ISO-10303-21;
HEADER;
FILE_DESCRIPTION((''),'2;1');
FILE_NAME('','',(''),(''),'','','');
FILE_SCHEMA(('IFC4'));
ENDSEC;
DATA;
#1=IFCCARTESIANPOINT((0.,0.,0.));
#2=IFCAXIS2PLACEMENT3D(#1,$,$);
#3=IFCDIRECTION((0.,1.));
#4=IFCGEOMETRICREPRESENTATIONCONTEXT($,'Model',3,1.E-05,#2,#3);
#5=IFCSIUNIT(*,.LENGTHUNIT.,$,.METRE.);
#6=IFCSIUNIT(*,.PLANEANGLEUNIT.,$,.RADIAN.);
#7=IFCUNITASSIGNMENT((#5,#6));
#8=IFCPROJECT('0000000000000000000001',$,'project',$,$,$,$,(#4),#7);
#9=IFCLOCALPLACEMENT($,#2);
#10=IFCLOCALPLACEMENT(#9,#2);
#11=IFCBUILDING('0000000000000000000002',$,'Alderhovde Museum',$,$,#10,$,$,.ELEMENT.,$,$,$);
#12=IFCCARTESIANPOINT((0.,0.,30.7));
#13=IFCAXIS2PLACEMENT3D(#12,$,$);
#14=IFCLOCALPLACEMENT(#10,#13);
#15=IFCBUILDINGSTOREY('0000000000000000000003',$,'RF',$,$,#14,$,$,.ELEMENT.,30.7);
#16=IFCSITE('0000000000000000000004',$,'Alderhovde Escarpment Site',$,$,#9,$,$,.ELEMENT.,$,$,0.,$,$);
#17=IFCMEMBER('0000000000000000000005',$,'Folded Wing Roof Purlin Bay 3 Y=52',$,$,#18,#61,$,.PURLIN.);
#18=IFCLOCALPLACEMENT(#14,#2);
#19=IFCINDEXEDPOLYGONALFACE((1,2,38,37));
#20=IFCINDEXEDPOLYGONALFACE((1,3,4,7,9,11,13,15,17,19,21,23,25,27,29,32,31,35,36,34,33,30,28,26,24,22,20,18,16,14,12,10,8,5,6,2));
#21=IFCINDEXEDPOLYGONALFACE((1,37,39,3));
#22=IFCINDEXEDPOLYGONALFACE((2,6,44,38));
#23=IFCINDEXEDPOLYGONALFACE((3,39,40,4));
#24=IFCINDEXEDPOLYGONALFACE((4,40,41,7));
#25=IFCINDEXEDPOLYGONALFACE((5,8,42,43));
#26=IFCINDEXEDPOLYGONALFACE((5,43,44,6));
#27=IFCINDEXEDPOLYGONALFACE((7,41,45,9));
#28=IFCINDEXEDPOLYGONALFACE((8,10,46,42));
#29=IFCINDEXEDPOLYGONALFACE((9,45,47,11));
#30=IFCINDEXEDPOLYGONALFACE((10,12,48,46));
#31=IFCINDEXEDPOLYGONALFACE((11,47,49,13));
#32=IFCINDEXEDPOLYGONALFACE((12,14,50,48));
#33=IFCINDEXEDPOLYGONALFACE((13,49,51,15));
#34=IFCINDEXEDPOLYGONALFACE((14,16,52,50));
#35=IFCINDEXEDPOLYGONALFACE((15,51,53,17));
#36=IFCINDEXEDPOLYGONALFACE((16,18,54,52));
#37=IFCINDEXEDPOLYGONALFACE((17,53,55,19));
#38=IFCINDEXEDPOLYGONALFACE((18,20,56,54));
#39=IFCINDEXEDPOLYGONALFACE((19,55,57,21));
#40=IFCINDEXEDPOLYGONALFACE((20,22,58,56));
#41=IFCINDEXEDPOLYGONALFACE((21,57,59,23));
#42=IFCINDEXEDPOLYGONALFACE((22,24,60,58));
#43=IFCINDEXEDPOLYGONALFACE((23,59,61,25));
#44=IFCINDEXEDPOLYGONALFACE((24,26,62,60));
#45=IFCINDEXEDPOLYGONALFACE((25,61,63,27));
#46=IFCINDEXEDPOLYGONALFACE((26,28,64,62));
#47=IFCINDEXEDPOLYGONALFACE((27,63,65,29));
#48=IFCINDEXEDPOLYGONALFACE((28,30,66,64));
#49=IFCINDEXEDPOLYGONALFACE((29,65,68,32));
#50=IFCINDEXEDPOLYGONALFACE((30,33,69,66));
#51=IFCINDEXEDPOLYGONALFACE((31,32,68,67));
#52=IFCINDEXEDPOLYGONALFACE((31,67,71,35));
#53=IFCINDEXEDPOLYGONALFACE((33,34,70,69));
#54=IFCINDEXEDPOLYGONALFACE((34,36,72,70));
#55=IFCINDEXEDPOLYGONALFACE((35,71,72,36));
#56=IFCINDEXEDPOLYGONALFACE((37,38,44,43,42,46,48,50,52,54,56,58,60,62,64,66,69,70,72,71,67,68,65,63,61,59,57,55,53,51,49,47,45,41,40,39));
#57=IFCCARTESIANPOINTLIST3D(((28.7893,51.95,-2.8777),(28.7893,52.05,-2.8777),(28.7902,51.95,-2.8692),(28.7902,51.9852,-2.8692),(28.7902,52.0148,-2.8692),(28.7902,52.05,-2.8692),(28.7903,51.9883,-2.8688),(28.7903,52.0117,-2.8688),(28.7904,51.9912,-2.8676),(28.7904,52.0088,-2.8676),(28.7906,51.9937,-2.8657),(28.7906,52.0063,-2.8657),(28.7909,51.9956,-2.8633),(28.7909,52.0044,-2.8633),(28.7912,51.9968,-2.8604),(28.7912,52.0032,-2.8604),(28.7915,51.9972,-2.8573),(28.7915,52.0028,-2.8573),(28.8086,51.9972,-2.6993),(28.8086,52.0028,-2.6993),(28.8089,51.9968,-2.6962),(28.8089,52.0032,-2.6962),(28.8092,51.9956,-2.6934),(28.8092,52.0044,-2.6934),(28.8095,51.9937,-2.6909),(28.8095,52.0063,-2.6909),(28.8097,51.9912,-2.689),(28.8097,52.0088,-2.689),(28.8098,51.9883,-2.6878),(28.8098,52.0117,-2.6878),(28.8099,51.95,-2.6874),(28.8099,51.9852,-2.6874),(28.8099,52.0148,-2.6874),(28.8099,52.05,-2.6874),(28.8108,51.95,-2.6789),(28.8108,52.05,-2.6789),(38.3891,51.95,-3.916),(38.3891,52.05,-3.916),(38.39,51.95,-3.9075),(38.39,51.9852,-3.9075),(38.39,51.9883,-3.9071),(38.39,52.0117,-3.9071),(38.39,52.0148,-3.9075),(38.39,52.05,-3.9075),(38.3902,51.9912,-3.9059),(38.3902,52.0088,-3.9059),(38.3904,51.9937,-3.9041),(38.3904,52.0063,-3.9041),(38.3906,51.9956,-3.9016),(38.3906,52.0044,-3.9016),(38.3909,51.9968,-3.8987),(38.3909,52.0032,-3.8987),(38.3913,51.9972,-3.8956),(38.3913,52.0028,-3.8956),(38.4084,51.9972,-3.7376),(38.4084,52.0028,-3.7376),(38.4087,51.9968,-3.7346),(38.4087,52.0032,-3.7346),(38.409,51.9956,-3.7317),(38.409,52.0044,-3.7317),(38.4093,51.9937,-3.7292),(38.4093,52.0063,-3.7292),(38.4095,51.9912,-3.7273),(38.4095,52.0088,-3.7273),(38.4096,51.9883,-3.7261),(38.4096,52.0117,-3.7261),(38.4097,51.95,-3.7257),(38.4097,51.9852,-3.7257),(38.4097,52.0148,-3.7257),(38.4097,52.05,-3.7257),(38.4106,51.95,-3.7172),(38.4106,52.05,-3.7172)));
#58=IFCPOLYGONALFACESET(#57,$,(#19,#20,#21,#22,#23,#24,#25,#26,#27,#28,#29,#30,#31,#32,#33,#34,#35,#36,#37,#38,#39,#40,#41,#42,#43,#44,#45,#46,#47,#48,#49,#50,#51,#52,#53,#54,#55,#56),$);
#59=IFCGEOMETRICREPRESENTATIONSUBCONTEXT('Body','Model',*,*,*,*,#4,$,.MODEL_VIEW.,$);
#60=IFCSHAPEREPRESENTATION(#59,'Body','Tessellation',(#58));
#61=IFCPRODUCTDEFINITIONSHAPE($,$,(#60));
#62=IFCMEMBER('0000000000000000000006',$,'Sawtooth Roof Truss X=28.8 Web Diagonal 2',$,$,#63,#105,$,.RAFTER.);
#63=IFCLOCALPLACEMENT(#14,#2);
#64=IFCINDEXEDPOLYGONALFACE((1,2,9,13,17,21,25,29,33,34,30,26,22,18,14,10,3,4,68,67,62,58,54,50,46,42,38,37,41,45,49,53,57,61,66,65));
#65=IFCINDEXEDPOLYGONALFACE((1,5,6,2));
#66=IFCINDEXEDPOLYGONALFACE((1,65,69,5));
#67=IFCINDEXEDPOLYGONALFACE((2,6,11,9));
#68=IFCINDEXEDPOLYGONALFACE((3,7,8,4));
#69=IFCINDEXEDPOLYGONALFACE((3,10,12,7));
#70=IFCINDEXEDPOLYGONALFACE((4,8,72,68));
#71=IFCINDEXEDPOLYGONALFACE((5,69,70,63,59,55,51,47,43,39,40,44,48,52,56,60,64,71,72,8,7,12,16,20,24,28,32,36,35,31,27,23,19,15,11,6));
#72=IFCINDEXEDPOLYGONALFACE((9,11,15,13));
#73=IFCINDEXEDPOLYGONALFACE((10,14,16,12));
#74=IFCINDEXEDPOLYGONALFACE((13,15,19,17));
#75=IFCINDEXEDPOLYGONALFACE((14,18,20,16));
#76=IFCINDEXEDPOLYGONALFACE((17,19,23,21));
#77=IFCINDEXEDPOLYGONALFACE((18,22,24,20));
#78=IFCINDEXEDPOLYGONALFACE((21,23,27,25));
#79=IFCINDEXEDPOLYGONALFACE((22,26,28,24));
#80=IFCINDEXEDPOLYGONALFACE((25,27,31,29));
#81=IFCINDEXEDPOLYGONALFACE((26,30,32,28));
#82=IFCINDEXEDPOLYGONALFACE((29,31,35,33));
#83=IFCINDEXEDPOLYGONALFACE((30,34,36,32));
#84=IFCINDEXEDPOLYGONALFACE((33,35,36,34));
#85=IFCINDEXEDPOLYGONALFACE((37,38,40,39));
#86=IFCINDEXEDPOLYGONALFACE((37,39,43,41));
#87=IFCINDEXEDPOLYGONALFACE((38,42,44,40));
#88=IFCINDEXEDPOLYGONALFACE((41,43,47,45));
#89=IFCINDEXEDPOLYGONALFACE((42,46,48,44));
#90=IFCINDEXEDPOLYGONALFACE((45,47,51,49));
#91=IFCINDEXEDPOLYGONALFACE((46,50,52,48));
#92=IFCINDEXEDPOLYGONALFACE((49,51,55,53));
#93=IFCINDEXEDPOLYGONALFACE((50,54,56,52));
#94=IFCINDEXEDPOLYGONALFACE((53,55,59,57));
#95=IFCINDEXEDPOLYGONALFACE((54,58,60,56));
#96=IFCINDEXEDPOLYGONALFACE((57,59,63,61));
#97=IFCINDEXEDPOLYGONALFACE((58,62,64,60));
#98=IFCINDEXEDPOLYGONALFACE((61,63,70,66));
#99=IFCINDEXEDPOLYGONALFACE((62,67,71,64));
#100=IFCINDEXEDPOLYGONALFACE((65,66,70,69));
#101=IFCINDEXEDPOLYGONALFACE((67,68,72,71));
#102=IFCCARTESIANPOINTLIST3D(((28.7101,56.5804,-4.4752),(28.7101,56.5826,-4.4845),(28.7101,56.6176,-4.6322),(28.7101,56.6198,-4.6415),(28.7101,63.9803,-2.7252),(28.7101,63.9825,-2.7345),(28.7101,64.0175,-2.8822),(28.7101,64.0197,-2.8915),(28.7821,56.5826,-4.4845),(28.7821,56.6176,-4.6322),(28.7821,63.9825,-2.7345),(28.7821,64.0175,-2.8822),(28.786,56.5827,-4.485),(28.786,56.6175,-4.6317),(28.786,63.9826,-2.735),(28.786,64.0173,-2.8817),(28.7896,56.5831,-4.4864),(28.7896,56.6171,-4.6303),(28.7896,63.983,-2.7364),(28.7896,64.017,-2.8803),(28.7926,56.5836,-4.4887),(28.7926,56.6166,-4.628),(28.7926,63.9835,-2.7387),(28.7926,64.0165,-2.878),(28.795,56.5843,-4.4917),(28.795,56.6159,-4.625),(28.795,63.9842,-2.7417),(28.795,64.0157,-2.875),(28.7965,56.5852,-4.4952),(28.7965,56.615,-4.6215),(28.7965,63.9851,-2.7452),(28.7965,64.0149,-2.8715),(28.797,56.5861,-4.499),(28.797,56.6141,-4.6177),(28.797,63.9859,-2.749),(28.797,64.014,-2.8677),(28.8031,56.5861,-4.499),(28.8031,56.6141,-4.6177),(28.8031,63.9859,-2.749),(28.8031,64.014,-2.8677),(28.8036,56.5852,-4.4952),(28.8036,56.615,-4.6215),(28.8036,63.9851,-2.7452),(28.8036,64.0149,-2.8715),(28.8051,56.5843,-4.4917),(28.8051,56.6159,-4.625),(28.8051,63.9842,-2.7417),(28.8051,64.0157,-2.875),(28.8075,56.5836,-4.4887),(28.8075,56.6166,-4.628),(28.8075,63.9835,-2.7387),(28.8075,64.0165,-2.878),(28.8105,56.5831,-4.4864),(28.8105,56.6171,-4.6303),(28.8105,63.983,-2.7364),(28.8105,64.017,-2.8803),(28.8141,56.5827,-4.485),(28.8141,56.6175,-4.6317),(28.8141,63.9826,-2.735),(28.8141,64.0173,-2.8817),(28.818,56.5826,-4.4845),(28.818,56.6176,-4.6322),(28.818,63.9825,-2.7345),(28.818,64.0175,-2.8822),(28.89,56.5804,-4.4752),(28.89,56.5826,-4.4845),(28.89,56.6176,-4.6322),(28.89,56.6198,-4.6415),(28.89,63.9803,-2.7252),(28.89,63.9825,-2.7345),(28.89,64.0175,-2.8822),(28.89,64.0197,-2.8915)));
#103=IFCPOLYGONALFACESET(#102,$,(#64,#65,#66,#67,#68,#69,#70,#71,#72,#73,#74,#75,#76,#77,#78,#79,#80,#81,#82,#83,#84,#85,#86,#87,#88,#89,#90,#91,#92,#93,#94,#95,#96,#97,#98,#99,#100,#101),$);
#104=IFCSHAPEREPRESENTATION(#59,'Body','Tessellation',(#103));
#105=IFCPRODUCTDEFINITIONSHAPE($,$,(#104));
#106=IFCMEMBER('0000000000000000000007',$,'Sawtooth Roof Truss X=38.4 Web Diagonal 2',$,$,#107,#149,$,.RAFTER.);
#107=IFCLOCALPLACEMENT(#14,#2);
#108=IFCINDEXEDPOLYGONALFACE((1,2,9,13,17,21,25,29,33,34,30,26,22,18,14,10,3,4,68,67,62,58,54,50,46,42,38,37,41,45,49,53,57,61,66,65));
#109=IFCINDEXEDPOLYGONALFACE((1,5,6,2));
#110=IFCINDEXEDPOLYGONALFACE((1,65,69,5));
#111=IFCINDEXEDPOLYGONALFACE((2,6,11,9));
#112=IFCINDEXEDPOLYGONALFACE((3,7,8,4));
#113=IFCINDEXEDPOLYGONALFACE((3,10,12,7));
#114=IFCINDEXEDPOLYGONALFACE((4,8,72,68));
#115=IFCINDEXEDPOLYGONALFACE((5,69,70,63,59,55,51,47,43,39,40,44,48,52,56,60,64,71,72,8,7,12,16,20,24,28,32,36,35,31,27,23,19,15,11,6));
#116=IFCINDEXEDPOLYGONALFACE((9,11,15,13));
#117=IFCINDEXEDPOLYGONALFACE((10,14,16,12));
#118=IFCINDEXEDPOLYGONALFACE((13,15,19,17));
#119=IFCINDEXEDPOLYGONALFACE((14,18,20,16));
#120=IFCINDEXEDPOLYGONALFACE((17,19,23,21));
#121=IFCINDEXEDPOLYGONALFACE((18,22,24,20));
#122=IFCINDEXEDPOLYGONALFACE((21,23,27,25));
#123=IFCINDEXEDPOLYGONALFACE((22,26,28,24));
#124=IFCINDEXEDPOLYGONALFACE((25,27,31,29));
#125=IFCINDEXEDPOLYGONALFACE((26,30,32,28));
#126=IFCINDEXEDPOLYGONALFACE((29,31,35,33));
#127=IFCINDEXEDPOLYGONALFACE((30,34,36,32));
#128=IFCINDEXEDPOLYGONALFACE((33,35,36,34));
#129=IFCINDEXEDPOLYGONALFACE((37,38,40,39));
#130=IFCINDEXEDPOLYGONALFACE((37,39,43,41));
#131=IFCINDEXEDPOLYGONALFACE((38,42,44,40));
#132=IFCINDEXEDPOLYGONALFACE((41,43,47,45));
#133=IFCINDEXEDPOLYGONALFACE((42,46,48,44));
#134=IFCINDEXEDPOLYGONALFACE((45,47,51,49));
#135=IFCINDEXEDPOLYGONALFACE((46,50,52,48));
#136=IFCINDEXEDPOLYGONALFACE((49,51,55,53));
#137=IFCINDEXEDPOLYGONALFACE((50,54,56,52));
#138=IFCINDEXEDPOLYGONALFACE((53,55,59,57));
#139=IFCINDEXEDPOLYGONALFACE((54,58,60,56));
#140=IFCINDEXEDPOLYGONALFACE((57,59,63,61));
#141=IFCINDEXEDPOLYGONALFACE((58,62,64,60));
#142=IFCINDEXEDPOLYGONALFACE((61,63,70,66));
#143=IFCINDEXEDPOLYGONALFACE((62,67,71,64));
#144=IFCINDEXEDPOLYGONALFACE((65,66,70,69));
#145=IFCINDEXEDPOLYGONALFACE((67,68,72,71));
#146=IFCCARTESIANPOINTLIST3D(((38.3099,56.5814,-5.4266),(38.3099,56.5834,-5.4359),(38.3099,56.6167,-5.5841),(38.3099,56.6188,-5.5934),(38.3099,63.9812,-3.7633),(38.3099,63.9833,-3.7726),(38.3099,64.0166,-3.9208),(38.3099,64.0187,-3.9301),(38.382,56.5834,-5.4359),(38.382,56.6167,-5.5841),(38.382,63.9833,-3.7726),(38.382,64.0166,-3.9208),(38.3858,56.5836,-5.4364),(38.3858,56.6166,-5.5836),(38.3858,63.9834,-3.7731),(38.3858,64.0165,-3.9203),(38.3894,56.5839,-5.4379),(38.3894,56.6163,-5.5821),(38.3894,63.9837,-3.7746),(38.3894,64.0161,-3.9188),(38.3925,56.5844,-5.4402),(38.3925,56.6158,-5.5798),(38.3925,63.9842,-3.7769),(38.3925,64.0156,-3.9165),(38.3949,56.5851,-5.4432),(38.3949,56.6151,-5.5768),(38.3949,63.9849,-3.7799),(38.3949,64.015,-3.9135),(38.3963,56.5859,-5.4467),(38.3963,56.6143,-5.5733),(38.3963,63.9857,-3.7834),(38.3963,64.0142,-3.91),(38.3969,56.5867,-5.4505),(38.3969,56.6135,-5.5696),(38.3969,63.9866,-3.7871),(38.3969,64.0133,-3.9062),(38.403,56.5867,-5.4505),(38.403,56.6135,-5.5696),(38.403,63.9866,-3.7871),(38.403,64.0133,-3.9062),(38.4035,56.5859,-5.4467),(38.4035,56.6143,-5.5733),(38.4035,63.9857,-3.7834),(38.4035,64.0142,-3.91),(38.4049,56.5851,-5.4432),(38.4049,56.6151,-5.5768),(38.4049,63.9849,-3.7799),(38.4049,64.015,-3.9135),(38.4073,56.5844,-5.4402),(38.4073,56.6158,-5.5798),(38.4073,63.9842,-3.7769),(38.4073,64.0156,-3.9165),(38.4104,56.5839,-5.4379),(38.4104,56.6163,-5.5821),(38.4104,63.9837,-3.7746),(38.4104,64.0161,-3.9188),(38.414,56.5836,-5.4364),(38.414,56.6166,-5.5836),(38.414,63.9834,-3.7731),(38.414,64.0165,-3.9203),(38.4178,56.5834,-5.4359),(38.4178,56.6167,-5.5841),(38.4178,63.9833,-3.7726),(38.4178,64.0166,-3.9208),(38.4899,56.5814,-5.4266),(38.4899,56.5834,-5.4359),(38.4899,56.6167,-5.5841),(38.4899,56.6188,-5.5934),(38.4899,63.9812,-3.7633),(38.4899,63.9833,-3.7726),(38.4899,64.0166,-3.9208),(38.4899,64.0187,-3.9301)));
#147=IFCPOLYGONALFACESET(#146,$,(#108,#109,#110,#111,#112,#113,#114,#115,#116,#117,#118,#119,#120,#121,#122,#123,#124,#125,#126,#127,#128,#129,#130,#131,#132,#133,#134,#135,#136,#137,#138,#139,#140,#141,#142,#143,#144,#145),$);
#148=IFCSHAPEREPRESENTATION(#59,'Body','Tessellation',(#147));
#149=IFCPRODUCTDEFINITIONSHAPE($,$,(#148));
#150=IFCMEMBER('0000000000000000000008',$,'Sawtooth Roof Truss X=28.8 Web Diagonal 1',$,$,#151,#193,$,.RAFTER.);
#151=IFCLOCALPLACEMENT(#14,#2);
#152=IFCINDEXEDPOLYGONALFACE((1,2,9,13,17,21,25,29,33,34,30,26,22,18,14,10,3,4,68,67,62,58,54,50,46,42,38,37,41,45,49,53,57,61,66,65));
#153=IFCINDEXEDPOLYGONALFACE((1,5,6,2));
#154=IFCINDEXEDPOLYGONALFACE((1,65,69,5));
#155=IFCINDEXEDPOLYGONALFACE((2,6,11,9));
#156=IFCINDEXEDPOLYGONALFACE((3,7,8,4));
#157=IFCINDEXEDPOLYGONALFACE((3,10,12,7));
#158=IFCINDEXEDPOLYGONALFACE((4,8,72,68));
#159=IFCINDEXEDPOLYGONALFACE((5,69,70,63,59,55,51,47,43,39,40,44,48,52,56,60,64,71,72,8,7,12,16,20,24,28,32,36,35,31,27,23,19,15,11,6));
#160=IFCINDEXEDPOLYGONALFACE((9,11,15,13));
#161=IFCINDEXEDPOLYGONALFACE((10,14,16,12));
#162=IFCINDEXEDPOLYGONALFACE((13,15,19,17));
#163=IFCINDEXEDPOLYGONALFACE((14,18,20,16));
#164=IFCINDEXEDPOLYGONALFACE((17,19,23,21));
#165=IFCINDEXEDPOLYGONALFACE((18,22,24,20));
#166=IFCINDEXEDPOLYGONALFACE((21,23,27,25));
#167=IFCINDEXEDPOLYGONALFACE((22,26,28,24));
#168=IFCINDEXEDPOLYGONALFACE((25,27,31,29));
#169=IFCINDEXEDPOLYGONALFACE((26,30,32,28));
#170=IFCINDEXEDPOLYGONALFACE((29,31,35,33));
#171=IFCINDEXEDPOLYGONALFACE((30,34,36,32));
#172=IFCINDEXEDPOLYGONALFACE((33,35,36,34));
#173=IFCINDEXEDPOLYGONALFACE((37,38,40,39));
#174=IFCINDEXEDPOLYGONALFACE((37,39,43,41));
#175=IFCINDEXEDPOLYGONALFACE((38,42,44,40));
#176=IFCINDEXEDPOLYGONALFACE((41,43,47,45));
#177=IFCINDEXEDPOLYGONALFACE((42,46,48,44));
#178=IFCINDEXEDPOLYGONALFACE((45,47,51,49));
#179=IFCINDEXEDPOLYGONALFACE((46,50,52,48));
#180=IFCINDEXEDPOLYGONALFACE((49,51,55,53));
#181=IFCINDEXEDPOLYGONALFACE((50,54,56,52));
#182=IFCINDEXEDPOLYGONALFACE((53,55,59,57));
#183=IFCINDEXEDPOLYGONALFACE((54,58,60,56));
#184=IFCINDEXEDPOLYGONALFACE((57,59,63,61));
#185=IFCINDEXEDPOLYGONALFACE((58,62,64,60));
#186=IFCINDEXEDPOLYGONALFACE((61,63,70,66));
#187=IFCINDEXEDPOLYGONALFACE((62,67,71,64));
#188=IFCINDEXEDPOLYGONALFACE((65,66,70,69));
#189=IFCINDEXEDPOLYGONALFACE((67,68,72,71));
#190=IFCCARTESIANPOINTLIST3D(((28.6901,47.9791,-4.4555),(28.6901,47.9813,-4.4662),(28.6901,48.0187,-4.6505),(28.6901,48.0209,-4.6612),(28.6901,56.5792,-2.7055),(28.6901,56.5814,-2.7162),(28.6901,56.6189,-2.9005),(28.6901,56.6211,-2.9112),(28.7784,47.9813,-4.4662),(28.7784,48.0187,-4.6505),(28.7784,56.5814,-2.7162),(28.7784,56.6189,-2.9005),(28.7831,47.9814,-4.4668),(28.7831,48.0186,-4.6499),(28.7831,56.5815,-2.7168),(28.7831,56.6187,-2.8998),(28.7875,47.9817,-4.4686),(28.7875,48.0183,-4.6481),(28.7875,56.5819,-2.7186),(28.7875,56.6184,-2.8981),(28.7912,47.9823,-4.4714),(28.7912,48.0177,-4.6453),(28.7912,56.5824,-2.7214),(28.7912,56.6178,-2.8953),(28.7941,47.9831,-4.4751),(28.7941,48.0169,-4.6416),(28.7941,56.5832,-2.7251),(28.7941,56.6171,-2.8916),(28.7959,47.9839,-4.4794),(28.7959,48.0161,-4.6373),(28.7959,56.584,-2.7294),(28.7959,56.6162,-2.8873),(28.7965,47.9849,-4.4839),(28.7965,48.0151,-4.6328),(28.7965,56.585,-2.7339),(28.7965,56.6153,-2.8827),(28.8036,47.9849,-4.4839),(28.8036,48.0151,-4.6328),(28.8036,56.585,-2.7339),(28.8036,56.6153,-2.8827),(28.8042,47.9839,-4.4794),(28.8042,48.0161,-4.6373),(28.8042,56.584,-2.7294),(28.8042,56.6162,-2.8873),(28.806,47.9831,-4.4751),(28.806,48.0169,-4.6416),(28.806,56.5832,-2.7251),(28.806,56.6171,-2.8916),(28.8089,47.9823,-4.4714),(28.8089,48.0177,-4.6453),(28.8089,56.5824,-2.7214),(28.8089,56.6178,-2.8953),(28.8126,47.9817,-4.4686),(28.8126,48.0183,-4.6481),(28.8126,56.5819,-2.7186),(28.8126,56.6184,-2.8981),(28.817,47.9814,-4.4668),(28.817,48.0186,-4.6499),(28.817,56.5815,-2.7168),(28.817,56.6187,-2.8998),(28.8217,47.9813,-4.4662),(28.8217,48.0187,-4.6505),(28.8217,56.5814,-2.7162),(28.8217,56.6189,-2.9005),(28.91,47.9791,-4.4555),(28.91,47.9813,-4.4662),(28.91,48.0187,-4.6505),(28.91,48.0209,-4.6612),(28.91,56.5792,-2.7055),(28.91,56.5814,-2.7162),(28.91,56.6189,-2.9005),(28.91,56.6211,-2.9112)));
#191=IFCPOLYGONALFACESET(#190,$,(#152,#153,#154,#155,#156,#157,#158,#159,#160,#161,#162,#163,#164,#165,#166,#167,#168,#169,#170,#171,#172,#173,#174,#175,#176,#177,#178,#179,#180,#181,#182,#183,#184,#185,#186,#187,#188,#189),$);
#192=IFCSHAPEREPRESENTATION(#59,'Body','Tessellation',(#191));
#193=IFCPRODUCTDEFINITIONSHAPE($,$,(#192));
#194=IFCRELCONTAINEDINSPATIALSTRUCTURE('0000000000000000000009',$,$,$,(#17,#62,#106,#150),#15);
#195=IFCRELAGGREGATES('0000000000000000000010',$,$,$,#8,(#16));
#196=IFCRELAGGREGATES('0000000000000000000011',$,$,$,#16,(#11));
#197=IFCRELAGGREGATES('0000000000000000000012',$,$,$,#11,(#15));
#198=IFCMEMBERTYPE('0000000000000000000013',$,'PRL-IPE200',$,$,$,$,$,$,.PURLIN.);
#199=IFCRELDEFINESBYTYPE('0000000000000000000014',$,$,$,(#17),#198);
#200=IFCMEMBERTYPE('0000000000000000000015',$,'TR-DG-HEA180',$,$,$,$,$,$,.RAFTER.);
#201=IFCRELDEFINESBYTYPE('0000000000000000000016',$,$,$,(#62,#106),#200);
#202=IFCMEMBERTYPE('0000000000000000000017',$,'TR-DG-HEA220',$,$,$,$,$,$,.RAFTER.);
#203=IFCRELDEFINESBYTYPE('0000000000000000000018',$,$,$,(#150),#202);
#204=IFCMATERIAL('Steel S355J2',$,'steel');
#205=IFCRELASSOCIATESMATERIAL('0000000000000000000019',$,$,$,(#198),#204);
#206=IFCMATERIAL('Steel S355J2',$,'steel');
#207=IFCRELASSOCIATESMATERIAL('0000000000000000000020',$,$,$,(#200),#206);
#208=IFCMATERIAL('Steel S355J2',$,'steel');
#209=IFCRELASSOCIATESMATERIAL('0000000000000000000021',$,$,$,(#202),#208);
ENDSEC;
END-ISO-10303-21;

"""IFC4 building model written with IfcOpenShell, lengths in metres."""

from ifc_helpers import new_model, si_unit, direction, frame, origin, origin_2d, place, context, subcontext, project, spatial, i_section, extrude, material, material_profile, profile_set, type_object, element, save


model = new_model("IFC4")

# Units and contexts
model_context = context("Model", 3, precision=1e-05, world=origin(), true_north=direction((0.0, 1.0)))
body_context = subcontext(model_context, "Body", "Model", "MODEL_VIEW")
ifc_project = project(units=[si_unit("LENGTHUNIT", "METRE"), si_unit("PLANEANGLEUNIT", "RADIAN")], contexts=[model_context])

# Site, building, storey
site_placement = place(None, origin())
site = spatial("IfcSite", under=ifc_project, at=site_placement, Name="Alderhovde Escarpment Site", CompositionType="ELEMENT", RefElevation=0.0)
building_placement = place(site_placement, origin())
building = spatial("IfcBuilding", under=site, at=building_placement, Name="Alderhovde Museum", CompositionType="ELEMENT")
storey_placement = place(building_placement, frame((0.0, 0.0, 30.7)))
storey = spatial("IfcBuildingStorey", under=building, at=storey_placement, Name="RF", CompositionType="ELEMENT", Elevation=30.7)

# Members
ifc_material_1 = material(Name="Steel S355J2", Category="steel")
ifc_material_profile_1 = material_profile(ifc_material_1, i_section(OverallWidth=0.1001, OverallDepth=0.2, WebThickness=0.0056, FlangeThickness=0.0085, FilletRadius=0.012, at=origin_2d()), Name="IPE 200")
ifc_profile_set_1 = profile_set([ifc_material_profile_1], Name="Steel S355J2")
member_type_1 = type_object("IfcMemberType", Name="PRL-IPE200", PredefinedType="PURLIN", material=ifc_profile_set_1)
for number, where, z_axis, x_axis, name in (
    (1, (28.8, 52.0, -2.7783), (0.994201, 0.0, -0.107534), (0.0, 1.0, 0.0), "Folded Wing Roof Purlin Bay 3 Y=52"),
):
    element("IfcMember", number, at=place(storey_placement, frame(where, z_axis=z_axis, x_axis=x_axis)), inside=storey, type_object=member_type_1, Name=name, PredefinedType="PURLIN", context=body_context, shape_type="SweptSolid", body=[
        extrude(i_section(OverallWidth=0.1001, OverallDepth=0.2, WebThickness=0.0056, FlangeThickness=0.0085, FilletRadius=0.012, at=origin_2d()), origin(), (0.0, 0.0, 1.0), 9.6558),
    ])
ifc_material_2 = material(Name="Steel S355J2", Category="steel")
ifc_material_profile_2 = material_profile(ifc_material_2, i_section(OverallWidth=0.1799, OverallDepth=0.1709, WebThickness=0.0061, FlangeThickness=0.0095, FilletRadius=0.0149, at=origin_2d()), Name="HEA 180")
ifc_profile_set_2 = profile_set([ifc_material_profile_2], Name="Steel S355J2")
member_type_2 = type_object("IfcMemberType", Name="TR-DG-HEA180", PredefinedType="RAFTER", material=ifc_profile_set_2)
member_1_placement = place(storey_placement, frame((28.8, 56.6001, -4.5583), z_axis=(0.0, 0.973157, 0.230142), x_axis=(-1.0, 0.0, 0.0)))
element("IfcMember", 2, at=member_1_placement, inside=storey, type_object=member_type_2, Name="Sawtooth Roof Truss X=28.8 Web Diagonal 2", PredefinedType="RAFTER", context=body_context, shape_type="SweptSolid", body=[
    extrude(i_section(OverallWidth=0.1799, OverallDepth=0.1709, WebThickness=0.0061, FlangeThickness=0.0095, FilletRadius=0.0149, at=origin_2d()), origin(), (0.0, 0.0, 1.0), 7.604),
])
member_2_placement = place(storey_placement, frame((38.3999, 56.6001, -5.51), z_axis=(0.0, 0.975656, 0.219305), x_axis=(-1.0, 0.0, 0.0)))
element("IfcMember", 3, at=member_2_placement, inside=storey, type_object=member_type_2, Name="Sawtooth Roof Truss X=38.4 Web Diagonal 2", PredefinedType="RAFTER", context=body_context, shape_type="SweptSolid", body=[
    extrude(i_section(OverallWidth=0.1799, OverallDepth=0.1709, WebThickness=0.0061, FlangeThickness=0.0095, FilletRadius=0.0149, at=origin_2d()), origin(), (0.0, 0.0, 1.0), 7.5845),
])
ifc_material_3 = material(Name="Steel S355J2", Category="steel")
ifc_material_profile_3 = material_profile(ifc_material_3, i_section(OverallWidth=0.22, OverallDepth=0.21, WebThickness=0.0071, FlangeThickness=0.011, FilletRadius=0.0181, at=origin_2d()), Name="HEA 220")
ifc_profile_set_3 = profile_set([ifc_material_profile_3], Name="Steel S355J2")
member_type_3 = type_object("IfcMemberType", Name="TR-DG-HEA220", PredefinedType="RAFTER", material=ifc_profile_set_3)
member_3_placement = place(storey_placement, frame((28.8, 48.0, -4.5583), z_axis=(0.0, 0.979918, 0.1994), x_axis=(-1.0, 0.0, 0.0)))
element("IfcMember", 4, at=member_3_placement, inside=storey, type_object=member_type_3, Name="Sawtooth Roof Truss X=28.8 Web Diagonal 1", PredefinedType="RAFTER", context=body_context, shape_type="SweptSolid", body=[
    extrude(i_section(OverallWidth=0.22, OverallDepth=0.21, WebThickness=0.0071, FlangeThickness=0.011, FilletRadius=0.0181, at=origin_2d()), origin(), (0.0, 0.0, 1.0), 8.7764),
])

save(model, "model.ifc")
